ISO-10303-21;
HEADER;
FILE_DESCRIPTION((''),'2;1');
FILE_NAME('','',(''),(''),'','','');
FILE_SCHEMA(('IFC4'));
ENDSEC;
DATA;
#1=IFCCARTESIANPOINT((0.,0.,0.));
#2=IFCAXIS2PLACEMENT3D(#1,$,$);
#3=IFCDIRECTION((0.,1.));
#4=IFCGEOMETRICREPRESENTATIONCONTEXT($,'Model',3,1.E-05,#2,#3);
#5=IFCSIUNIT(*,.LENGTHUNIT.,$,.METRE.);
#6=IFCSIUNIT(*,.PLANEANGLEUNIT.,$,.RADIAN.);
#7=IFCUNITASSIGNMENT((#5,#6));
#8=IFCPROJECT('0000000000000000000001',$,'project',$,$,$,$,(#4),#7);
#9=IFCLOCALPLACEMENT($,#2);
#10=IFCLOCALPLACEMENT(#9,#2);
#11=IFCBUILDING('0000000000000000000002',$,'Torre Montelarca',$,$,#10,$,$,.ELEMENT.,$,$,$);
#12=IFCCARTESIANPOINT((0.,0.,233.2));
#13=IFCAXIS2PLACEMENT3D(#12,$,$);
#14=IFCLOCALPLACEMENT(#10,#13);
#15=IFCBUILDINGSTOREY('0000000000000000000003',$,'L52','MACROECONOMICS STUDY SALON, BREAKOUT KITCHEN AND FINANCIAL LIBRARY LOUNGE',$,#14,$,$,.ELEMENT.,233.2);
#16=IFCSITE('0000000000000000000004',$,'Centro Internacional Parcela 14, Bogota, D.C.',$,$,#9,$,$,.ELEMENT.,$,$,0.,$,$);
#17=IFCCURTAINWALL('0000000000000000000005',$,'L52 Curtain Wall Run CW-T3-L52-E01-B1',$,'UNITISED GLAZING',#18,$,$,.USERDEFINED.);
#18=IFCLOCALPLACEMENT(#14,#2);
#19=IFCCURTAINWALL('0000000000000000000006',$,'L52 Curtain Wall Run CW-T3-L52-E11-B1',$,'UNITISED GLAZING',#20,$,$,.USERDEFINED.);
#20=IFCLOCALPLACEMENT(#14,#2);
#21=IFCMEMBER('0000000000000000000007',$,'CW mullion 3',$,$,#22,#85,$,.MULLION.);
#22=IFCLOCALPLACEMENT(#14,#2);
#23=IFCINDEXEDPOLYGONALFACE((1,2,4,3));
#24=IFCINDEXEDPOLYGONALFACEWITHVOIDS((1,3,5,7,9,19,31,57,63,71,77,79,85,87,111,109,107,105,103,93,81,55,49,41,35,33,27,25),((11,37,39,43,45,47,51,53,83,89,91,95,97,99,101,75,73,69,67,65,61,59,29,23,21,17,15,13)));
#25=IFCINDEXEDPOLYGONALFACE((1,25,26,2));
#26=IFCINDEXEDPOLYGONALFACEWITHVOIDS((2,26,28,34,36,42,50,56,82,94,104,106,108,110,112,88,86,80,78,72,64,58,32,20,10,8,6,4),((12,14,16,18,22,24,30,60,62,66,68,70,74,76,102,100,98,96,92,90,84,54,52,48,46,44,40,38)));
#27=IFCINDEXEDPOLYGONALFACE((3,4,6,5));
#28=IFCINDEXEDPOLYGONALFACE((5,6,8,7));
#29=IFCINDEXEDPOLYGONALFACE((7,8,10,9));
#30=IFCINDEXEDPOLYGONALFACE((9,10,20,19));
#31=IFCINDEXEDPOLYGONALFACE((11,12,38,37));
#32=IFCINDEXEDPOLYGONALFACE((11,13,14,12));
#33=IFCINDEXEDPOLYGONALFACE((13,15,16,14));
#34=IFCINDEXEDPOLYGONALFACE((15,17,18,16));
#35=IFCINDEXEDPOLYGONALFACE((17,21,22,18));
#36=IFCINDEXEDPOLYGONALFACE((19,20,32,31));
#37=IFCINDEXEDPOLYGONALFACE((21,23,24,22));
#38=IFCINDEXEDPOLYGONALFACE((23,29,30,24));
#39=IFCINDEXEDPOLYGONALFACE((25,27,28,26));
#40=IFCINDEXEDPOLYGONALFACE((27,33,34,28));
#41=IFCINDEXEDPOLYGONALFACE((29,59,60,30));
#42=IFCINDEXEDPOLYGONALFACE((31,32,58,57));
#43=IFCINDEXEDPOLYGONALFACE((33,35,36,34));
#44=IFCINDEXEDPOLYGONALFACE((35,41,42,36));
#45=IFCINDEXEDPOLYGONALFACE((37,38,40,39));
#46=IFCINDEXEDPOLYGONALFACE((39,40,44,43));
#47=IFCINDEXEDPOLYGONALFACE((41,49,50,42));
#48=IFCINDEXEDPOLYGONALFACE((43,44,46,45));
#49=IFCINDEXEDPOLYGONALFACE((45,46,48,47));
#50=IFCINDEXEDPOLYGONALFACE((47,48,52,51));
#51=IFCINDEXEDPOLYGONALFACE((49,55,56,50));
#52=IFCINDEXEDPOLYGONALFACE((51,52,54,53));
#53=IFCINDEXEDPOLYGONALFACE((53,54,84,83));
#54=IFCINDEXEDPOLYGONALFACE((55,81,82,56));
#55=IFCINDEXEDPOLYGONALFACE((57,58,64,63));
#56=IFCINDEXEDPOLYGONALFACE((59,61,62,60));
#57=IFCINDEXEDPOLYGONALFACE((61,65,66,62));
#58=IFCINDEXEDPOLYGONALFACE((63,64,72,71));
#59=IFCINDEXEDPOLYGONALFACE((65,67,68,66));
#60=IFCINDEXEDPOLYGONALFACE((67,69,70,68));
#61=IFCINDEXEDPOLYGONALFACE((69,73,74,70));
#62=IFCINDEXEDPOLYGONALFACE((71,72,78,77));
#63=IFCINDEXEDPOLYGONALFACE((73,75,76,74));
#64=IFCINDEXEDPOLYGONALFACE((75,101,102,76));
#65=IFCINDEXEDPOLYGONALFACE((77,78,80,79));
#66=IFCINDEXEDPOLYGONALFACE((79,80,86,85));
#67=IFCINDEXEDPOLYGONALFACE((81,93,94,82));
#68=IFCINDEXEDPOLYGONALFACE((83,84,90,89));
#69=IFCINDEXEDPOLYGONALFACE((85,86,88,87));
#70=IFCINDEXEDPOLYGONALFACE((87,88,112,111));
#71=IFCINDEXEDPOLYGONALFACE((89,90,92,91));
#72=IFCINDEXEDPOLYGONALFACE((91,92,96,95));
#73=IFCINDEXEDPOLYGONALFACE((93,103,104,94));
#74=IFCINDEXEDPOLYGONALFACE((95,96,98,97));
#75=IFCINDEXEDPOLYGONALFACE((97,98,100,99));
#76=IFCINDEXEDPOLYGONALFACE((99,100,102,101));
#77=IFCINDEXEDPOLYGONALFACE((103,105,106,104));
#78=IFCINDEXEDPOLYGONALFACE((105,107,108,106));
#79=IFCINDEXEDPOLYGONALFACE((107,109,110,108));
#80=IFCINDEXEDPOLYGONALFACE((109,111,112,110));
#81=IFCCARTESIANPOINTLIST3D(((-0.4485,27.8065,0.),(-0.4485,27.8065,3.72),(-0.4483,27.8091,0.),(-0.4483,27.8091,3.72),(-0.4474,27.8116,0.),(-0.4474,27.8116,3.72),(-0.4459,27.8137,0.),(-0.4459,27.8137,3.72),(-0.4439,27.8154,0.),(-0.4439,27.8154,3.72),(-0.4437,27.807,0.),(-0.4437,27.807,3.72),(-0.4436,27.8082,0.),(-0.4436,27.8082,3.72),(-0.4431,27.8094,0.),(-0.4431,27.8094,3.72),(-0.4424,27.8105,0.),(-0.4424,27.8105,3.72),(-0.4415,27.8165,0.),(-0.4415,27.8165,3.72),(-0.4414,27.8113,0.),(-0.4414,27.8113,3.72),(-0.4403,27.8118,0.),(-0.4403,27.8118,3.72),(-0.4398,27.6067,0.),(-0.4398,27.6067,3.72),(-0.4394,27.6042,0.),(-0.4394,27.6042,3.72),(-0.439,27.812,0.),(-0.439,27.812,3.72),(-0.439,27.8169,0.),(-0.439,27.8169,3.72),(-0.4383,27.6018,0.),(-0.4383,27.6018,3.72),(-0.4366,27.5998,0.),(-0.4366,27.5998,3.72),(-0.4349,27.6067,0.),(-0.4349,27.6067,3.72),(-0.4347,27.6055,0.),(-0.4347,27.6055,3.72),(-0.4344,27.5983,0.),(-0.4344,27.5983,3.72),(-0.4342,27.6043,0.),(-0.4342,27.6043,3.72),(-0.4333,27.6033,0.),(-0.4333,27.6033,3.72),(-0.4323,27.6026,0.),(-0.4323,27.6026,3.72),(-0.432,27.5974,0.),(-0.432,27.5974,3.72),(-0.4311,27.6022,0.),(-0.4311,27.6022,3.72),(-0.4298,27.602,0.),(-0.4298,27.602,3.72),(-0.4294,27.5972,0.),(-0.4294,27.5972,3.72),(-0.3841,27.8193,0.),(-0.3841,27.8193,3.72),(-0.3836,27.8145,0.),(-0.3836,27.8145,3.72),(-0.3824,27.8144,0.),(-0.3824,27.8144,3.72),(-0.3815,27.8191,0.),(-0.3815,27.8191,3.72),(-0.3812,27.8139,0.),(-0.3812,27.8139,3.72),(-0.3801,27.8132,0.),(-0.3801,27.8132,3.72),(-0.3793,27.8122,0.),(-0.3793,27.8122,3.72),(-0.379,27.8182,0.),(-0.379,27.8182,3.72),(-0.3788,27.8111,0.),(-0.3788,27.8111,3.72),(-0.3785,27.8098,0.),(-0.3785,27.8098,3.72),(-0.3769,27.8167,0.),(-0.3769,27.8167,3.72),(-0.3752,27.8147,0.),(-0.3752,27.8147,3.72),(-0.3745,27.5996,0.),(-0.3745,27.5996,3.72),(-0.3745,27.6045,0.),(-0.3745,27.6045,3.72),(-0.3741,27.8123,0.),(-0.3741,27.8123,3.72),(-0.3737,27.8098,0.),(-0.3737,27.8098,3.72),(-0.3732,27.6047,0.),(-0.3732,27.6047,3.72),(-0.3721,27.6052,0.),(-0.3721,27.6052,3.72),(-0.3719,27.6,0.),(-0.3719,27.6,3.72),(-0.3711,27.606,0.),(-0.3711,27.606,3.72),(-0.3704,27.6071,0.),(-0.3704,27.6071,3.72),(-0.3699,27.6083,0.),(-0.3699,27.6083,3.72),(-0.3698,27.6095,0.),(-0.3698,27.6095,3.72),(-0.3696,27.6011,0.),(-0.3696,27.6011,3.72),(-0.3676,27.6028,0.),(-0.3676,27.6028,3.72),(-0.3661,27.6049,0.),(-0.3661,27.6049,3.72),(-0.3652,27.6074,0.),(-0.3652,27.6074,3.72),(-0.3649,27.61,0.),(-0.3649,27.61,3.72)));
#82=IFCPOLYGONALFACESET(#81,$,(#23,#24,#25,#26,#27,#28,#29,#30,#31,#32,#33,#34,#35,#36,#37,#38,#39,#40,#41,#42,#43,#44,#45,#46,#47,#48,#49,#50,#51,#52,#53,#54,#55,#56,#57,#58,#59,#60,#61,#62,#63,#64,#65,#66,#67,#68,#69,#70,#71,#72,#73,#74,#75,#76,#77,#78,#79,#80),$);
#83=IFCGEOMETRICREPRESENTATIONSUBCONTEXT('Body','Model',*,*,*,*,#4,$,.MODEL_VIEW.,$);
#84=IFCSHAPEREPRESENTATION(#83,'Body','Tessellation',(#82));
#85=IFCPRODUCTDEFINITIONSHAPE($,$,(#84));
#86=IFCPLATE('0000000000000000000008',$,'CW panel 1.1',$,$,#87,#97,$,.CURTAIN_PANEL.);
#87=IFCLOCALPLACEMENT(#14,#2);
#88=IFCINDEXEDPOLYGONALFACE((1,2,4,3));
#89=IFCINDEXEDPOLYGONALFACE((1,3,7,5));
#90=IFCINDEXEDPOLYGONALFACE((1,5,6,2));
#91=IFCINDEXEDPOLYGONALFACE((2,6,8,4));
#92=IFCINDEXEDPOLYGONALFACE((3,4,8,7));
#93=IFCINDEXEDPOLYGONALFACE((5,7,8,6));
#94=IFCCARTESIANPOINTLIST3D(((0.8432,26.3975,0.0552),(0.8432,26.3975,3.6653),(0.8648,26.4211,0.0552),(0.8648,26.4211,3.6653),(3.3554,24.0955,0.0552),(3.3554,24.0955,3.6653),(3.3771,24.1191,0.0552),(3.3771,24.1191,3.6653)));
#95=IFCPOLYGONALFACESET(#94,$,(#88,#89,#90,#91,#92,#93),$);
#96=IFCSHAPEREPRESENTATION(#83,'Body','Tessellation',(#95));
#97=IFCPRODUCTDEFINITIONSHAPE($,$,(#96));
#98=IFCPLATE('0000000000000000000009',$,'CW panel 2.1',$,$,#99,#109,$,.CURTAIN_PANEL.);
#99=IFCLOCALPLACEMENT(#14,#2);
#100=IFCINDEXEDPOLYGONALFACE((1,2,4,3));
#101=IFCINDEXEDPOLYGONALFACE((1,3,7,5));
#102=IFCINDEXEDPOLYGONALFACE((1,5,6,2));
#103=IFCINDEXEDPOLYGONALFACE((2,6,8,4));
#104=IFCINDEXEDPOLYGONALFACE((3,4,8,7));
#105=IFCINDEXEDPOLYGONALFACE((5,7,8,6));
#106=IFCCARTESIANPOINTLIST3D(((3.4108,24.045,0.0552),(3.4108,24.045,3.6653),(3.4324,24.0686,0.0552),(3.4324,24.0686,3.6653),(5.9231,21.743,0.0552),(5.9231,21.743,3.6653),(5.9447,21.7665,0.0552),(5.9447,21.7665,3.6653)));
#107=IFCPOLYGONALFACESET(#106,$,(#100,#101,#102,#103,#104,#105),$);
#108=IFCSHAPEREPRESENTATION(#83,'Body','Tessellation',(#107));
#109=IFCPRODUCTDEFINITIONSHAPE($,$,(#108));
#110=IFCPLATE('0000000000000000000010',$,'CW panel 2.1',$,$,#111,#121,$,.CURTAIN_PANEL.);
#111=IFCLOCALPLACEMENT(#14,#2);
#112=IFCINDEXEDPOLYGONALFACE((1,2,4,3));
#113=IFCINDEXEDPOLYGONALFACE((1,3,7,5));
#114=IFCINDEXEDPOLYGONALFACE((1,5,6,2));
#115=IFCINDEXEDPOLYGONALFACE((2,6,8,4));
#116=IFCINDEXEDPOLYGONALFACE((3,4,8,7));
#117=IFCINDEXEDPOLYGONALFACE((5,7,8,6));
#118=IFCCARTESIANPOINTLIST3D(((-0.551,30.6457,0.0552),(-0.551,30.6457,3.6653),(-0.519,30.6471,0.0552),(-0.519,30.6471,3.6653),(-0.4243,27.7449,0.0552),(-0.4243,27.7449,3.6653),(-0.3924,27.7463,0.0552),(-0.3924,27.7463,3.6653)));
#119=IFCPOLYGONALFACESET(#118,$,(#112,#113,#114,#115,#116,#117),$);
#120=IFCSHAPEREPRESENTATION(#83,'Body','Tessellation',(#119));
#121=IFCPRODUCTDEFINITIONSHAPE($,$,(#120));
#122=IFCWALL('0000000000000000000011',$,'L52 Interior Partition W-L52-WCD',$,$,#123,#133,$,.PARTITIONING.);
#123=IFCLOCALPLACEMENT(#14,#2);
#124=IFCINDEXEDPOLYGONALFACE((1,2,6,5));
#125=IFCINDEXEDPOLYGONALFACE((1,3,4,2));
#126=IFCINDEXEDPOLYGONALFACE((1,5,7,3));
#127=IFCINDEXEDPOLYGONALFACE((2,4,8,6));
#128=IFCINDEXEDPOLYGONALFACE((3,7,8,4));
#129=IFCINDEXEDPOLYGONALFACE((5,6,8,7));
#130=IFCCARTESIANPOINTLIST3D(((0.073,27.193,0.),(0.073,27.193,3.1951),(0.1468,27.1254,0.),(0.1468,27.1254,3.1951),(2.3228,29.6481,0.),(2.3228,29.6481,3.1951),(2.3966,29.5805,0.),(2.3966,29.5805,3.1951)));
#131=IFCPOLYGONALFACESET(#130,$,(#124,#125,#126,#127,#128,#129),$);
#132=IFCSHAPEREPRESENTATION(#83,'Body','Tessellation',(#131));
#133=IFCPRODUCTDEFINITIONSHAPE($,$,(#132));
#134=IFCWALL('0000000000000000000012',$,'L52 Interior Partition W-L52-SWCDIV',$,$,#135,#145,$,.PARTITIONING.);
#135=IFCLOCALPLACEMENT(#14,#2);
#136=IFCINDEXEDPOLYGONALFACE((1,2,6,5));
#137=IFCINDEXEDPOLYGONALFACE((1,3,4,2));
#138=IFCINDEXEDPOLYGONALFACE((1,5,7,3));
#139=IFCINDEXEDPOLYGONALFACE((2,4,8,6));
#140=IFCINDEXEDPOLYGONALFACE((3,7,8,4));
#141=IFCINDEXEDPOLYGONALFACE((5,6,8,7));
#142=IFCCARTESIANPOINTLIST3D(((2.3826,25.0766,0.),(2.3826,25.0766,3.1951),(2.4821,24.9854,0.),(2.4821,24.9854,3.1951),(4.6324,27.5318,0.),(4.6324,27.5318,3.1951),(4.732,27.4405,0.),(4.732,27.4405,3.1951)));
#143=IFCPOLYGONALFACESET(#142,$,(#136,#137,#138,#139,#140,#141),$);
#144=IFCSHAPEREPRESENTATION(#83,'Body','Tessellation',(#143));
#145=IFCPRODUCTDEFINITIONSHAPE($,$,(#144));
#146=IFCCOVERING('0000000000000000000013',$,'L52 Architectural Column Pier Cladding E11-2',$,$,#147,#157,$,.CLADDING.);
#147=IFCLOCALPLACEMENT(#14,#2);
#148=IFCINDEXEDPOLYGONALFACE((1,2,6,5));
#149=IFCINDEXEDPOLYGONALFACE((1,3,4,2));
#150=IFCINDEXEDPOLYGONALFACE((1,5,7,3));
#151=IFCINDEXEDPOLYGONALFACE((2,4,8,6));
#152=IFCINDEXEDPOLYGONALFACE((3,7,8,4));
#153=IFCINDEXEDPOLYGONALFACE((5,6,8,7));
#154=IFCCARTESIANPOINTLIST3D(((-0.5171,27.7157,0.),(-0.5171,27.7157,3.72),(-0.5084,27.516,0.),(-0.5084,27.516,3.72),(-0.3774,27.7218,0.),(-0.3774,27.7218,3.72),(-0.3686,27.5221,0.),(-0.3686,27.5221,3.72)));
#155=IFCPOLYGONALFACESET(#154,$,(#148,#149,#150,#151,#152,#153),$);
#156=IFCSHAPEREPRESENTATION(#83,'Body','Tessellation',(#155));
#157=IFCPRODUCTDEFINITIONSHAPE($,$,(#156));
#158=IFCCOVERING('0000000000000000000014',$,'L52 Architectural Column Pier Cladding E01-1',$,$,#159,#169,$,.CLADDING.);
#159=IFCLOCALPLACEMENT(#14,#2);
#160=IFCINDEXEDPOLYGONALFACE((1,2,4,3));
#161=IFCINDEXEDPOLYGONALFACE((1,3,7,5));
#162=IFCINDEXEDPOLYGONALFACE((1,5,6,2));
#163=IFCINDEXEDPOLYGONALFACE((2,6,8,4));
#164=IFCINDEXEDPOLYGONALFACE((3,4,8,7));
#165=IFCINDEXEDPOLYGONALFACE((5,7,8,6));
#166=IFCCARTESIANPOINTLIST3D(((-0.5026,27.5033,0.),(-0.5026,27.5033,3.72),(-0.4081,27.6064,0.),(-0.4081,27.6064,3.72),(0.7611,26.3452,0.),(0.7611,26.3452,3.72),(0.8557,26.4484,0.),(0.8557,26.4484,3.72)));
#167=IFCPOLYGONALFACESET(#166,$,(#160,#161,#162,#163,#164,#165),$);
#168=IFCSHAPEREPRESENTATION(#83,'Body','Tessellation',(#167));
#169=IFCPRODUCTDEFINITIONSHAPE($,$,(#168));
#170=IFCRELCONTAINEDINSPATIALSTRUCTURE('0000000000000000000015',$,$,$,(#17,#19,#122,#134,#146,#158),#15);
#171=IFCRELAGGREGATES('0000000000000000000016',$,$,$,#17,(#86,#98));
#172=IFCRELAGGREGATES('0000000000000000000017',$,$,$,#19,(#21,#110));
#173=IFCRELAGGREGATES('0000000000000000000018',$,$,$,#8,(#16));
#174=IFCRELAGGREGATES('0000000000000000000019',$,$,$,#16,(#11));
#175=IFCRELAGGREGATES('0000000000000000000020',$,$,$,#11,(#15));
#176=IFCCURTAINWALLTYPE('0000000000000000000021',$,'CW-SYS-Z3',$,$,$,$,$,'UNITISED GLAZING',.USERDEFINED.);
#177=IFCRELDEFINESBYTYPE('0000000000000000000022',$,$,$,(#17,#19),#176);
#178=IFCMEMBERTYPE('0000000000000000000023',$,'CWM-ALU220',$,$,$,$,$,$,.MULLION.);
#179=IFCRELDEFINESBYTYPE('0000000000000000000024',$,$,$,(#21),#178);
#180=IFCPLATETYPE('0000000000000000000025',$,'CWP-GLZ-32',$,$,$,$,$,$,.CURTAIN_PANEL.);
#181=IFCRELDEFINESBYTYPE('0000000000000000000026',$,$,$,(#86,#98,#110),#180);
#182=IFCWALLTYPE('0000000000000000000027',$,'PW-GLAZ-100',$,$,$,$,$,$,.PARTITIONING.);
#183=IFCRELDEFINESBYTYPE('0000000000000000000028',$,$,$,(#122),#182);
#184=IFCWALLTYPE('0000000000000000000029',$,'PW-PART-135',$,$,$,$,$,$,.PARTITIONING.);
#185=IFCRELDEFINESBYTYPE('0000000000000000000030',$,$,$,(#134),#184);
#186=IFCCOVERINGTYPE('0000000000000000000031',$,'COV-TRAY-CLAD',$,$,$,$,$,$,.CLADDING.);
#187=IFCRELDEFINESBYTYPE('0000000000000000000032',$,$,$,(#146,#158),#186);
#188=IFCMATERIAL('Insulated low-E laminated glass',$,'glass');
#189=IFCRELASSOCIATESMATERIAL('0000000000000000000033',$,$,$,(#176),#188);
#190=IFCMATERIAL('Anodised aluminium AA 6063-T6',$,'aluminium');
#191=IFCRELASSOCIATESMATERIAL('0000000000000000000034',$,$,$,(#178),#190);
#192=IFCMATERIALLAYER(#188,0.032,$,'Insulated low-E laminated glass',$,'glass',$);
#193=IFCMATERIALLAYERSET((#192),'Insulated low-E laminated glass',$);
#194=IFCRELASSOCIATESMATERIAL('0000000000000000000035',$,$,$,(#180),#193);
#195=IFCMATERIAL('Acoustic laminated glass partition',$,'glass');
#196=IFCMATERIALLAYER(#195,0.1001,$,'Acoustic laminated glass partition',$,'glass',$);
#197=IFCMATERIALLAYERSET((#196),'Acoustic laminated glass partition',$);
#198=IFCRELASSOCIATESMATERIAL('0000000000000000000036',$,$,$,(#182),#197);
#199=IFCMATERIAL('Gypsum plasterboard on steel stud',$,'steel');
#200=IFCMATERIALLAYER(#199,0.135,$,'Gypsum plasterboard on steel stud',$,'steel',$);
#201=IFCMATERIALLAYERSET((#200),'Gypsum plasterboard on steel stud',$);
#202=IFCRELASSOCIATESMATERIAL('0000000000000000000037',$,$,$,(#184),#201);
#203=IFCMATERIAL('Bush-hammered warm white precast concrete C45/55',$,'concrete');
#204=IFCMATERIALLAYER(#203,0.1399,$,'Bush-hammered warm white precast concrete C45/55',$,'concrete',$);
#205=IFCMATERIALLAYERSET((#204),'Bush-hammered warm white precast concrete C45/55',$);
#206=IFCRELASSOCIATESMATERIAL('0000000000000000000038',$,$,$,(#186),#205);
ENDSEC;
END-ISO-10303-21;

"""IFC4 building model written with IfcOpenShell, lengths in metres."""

from ifc_helpers import new_model, si_unit, direction, frame, frame_2d, origin, origin_2d, place, context, subcontext, project, spatial, rectangle, hollow_rectangle, extrude, source, transform, mapped, material, layer, layer_set, material_profile, profile_set, type_object, element, aggregate, save


model = new_model("IFC4")

# Units and contexts
model_context = context("Model", 3, precision=1e-05, world=origin(), true_north=direction((0.0, 1.0)))
body_context = subcontext(model_context, "Body", "Model", "MODEL_VIEW")
ifc_project = project(units=[si_unit("LENGTHUNIT", "METRE"), si_unit("PLANEANGLEUNIT", "RADIAN")], contexts=[model_context])

# Site, building, storey
site_placement = place(None, origin())
site = spatial("IfcSite", under=ifc_project, at=site_placement, Name="Centro Internacional Parcela 14, Bogota, D.C.", CompositionType="ELEMENT", RefElevation=0.0)
building_placement = place(site_placement, origin())
building = spatial("IfcBuilding", under=site, at=building_placement, Name="Torre Montelarca", CompositionType="ELEMENT")
storey_placement = place(building_placement, frame((0.0, 0.0, 233.2)))
storey = spatial("IfcBuildingStorey", under=building, at=storey_placement, Name="L52", Description="MACROECONOMICS STUDY SALON, BREAKOUT KITCHEN AND FINANCIAL LIBRARY LOUNGE", CompositionType="ELEMENT", Elevation=233.2)

# Curtain wall
ifc_material_1 = material(Name="Insulated low-E laminated glass", Category="glass")
curtain_wall_type = type_object("IfcCurtainWallType", Name="CW-SYS-Z3", ElementType="UNITISED GLAZING", PredefinedType="USERDEFINED", material=ifc_material_1)
curtain_wall_1_placement = place(storey_placement, origin())
curtain_wall_1 = element("IfcCurtainWall", 1, at=curtain_wall_1_placement, inside=storey, type_object=curtain_wall_type, Name="L52 Curtain Wall Run CW-T3-L52-E01-B1", ObjectType="UNITISED GLAZING", PredefinedType="USERDEFINED")
ifc_material_2 = material(Name="Anodised aluminium AA 6063-T6", Category="aluminium")
ifc_material_profile_1 = material_profile(ifc_material_2, hollow_rectangle(XDim=0.075, YDim=0.22, WallThickness=0.0049, InnerFilletRadius=0.0049, OuterFilletRadius=0.01, at=origin_2d()), Name="ALU75X220X5", Category="aluminium")
ifc_profile_set_1 = profile_set([ifc_material_profile_1], Name="Anodised aluminium AA 6063-T6")
member_type_1 = type_object("IfcMemberType", Name="CWM-ALU220", PredefinedType="MULLION", material=ifc_profile_set_1)
shared_shape_1 = source(origin(), body_context, "Body", "SweptSolid", [
    extrude(hollow_rectangle(XDim=0.075, YDim=0.22, WallThickness=0.0049, InnerFilletRadius=0.0049, OuterFilletRadius=0.01, at=origin_2d()), origin(), (0.0, 0.0, 1.0), 3.72),
])

# Curtain wall, member
curtain_wall_2_placement = place(storey_placement, origin())
curtain_wall_2 = element("IfcCurtainWall", 2, at=curtain_wall_2_placement, inside=storey, type_object=curtain_wall_type, Name="L52 Curtain Wall Run CW-T3-L52-E11-B1", ObjectType="UNITISED GLAZING", PredefinedType="USERDEFINED")
member_1_placement = place(storey_placement, frame((-0.4067, 27.7083, 0.0), z_axis=(0.0, 0.0, 1.0), x_axis=(0.999048, 0.043616, 0.0)))
member_1 = element("IfcMember", 3, at=member_1_placement, type_object=member_type_1, Name="CW mullion 3", PredefinedType="MULLION", context=body_context, shape_type="MappedRepresentation", body=[
    mapped(shared_shape_1, transform((0.0, 0.0, 0.0), scale=1.0)),
])

# Plates
ifc_layer_1 = layer(ifc_material_1, 0.032, Name="Insulated low-E laminated glass", Category="glass")
ifc_layer_set_1 = layer_set([ifc_layer_1], Name="Insulated low-E laminated glass")
plate_type = type_object("IfcPlateType", Name="CWP-GLZ-32", PredefinedType="CURTAIN_PANEL", material=ifc_layer_set_1)
shared_shape_2 = source(origin(), body_context, "Body", "SweptSolid", [
    extrude(rectangle(XDim=3.4075, YDim=0.032, at=origin_2d()), origin(), (0.0, 0.0, 1.0), 3.6101),
])
plate_1_placement = place(storey_placement, frame((2.1101, 25.2583, 0.0552), z_axis=(0.0, 0.0, 1.0), x_axis=(0.737286, -0.675581, 0.0)))
plate_1 = element("IfcPlate", 4, at=plate_1_placement, type_object=plate_type, Name="CW panel 1.1", PredefinedType="CURTAIN_PANEL", context=body_context, shape_type="MappedRepresentation", body=[
    mapped(shared_shape_2, transform((0.0, 0.0, 0.0), scale=1.0)),
])
plate_2_placement = place(storey_placement, frame((4.6777, 22.9058, 0.0552), z_axis=(0.0, 0.0, 1.0), x_axis=(0.737286, -0.675581, 0.0)))
plate_2 = element("IfcPlate", 5, at=plate_2_placement, type_object=plate_type, Name="CW panel 2.1", PredefinedType="CURTAIN_PANEL", context=body_context, shape_type="MappedRepresentation", body=[
    mapped(shared_shape_2, transform((0.0, 0.0, 0.0), scale=1.0)),
])
aggregate(curtain_wall_1, [plate_1, plate_2])
shared_shape_3 = source(origin(), body_context, "Body", "SweptSolid", [
    extrude(rectangle(XDim=2.9036, YDim=0.032, at=origin_2d()), origin(), (0.0, 0.0, 1.0), 3.6101),
])
plate_3_placement = place(storey_placement, frame((-0.4717, 29.196, 0.0552), z_axis=(0.0, 0.0, 1.0), x_axis=(0.043616, -0.999048, 0.0)))
plate_3 = element("IfcPlate", 6, at=plate_3_placement, type_object=plate_type, Name="CW panel 2.1", PredefinedType="CURTAIN_PANEL", context=body_context, shape_type="MappedRepresentation", body=[
    mapped(shared_shape_3, transform((0.0, 0.0, 0.0), scale=1.0)),
])
aggregate(curtain_wall_2, [member_1, plate_3])

# Walls
ifc_material_3 = material(Name="Acoustic laminated glass partition", Category="glass")
ifc_layer_2 = layer(ifc_material_3, 0.1001, Name="Acoustic laminated glass partition", Category="glass")
ifc_layer_set_2 = layer_set([ifc_layer_2], Name="Acoustic laminated glass partition")
wall_type_1 = type_object("IfcWallType", Name="PW-GLAZ-100", PredefinedType="PARTITIONING", material=ifc_layer_set_2)
wall_1_placement = place(storey_placement, frame((0.1099, 27.1592, 0.0), z_axis=(0.0, 0.0, 1.0), x_axis=(0.675605, 0.737264, 0.0)))
element("IfcWall", 7, at=wall_1_placement, inside=storey, type_object=wall_type_1, Name="L52 Interior Partition W-L52-WCD", PredefinedType="PARTITIONING", context=body_context, shape_type="SweptSolid", body=[
    extrude(rectangle(XDim=3.3301, YDim=0.1001, at=frame_2d((1.665, 0.0))), origin(), (0.0, 0.0, 1.0), 3.1951),
])
ifc_material_4 = material(Name="Gypsum plasterboard on steel stud", Category="steel")
ifc_layer_3 = layer(ifc_material_4, 0.135, Name="Gypsum plasterboard on steel stud", Category="steel")
ifc_layer_set_3 = layer_set([ifc_layer_3], Name="Gypsum plasterboard on steel stud")
wall_type_2 = type_object("IfcWallType", Name="PW-PART-135", PredefinedType="PARTITIONING", material=ifc_layer_set_3)
wall_2_placement = place(storey_placement, frame((2.4324, 25.031, 0.0), z_axis=(0.0, 0.0, 1.0), x_axis=(0.675605, 0.737264, 0.0)))
element("IfcWall", 8, at=wall_2_placement, inside=storey, type_object=wall_type_2, Name="L52 Interior Partition W-L52-SWCDIV", PredefinedType="PARTITIONING", context=body_context, shape_type="SweptSolid", body=[
    extrude(rectangle(XDim=3.3301, YDim=0.135, at=frame_2d((1.665, 0.0))), origin(), (0.0, 0.0, 1.0), 3.1951),
])

# Coverings
ifc_material_5 = material(Name="Bush-hammered warm white precast concrete C45/55", Category="concrete")
ifc_layer_4 = layer(ifc_material_5, 0.1399, Name="Bush-hammered warm white precast concrete C45/55", Category="concrete")
ifc_layer_set_4 = layer_set([ifc_layer_4], Name="Bush-hammered warm white precast concrete C45/55")
covering_type = type_object("IfcCoveringType", Name="COV-TRAY-CLAD", PredefinedType="CLADDING", material=ifc_layer_set_4)
shared_shape_4 = source(origin(), body_context, "Body", "SweptSolid", [
    extrude(rectangle(XDim=0.2, YDim=0.1399, at=origin_2d()), origin(), (0.0, 0.0, 1.0), 3.72),
])
covering_1_placement = place(storey_placement, frame((-0.4429, 27.6189, 0.0), z_axis=(0.0, 0.0, 1.0), x_axis=(0.043628, -0.999048, 0.0)))
element("IfcCovering", 9, at=covering_1_placement, inside=storey, type_object=covering_type, Name="L52 Architectural Column Pier Cladding E11-2", PredefinedType="CLADDING", context=body_context, shape_type="MappedRepresentation", body=[
    mapped(shared_shape_4, transform((0.0, 0.0, 0.0), scale=1.0)),
])
shared_shape_5 = source(origin(), body_context, "Body", "SweptSolid", [
    extrude(rectangle(XDim=1.7141, YDim=0.1399, at=origin_2d()), origin(), (0.0, 0.0, 1.0), 3.72),
])
covering_2_placement = place(storey_placement, frame((0.1765, 26.9758, 0.0), z_axis=(0.0, 0.0, 1.0), x_axis=(0.737277, -0.67559, 0.0)))
element("IfcCovering", 10, at=covering_2_placement, inside=storey, type_object=covering_type, Name="L52 Architectural Column Pier Cladding E01-1", PredefinedType="CLADDING", context=body_context, shape_type="MappedRepresentation", body=[
    mapped(shared_shape_5, transform((0.0, 0.0, 0.0), scale=1.0)),
])

save(model, "model.ifc")
